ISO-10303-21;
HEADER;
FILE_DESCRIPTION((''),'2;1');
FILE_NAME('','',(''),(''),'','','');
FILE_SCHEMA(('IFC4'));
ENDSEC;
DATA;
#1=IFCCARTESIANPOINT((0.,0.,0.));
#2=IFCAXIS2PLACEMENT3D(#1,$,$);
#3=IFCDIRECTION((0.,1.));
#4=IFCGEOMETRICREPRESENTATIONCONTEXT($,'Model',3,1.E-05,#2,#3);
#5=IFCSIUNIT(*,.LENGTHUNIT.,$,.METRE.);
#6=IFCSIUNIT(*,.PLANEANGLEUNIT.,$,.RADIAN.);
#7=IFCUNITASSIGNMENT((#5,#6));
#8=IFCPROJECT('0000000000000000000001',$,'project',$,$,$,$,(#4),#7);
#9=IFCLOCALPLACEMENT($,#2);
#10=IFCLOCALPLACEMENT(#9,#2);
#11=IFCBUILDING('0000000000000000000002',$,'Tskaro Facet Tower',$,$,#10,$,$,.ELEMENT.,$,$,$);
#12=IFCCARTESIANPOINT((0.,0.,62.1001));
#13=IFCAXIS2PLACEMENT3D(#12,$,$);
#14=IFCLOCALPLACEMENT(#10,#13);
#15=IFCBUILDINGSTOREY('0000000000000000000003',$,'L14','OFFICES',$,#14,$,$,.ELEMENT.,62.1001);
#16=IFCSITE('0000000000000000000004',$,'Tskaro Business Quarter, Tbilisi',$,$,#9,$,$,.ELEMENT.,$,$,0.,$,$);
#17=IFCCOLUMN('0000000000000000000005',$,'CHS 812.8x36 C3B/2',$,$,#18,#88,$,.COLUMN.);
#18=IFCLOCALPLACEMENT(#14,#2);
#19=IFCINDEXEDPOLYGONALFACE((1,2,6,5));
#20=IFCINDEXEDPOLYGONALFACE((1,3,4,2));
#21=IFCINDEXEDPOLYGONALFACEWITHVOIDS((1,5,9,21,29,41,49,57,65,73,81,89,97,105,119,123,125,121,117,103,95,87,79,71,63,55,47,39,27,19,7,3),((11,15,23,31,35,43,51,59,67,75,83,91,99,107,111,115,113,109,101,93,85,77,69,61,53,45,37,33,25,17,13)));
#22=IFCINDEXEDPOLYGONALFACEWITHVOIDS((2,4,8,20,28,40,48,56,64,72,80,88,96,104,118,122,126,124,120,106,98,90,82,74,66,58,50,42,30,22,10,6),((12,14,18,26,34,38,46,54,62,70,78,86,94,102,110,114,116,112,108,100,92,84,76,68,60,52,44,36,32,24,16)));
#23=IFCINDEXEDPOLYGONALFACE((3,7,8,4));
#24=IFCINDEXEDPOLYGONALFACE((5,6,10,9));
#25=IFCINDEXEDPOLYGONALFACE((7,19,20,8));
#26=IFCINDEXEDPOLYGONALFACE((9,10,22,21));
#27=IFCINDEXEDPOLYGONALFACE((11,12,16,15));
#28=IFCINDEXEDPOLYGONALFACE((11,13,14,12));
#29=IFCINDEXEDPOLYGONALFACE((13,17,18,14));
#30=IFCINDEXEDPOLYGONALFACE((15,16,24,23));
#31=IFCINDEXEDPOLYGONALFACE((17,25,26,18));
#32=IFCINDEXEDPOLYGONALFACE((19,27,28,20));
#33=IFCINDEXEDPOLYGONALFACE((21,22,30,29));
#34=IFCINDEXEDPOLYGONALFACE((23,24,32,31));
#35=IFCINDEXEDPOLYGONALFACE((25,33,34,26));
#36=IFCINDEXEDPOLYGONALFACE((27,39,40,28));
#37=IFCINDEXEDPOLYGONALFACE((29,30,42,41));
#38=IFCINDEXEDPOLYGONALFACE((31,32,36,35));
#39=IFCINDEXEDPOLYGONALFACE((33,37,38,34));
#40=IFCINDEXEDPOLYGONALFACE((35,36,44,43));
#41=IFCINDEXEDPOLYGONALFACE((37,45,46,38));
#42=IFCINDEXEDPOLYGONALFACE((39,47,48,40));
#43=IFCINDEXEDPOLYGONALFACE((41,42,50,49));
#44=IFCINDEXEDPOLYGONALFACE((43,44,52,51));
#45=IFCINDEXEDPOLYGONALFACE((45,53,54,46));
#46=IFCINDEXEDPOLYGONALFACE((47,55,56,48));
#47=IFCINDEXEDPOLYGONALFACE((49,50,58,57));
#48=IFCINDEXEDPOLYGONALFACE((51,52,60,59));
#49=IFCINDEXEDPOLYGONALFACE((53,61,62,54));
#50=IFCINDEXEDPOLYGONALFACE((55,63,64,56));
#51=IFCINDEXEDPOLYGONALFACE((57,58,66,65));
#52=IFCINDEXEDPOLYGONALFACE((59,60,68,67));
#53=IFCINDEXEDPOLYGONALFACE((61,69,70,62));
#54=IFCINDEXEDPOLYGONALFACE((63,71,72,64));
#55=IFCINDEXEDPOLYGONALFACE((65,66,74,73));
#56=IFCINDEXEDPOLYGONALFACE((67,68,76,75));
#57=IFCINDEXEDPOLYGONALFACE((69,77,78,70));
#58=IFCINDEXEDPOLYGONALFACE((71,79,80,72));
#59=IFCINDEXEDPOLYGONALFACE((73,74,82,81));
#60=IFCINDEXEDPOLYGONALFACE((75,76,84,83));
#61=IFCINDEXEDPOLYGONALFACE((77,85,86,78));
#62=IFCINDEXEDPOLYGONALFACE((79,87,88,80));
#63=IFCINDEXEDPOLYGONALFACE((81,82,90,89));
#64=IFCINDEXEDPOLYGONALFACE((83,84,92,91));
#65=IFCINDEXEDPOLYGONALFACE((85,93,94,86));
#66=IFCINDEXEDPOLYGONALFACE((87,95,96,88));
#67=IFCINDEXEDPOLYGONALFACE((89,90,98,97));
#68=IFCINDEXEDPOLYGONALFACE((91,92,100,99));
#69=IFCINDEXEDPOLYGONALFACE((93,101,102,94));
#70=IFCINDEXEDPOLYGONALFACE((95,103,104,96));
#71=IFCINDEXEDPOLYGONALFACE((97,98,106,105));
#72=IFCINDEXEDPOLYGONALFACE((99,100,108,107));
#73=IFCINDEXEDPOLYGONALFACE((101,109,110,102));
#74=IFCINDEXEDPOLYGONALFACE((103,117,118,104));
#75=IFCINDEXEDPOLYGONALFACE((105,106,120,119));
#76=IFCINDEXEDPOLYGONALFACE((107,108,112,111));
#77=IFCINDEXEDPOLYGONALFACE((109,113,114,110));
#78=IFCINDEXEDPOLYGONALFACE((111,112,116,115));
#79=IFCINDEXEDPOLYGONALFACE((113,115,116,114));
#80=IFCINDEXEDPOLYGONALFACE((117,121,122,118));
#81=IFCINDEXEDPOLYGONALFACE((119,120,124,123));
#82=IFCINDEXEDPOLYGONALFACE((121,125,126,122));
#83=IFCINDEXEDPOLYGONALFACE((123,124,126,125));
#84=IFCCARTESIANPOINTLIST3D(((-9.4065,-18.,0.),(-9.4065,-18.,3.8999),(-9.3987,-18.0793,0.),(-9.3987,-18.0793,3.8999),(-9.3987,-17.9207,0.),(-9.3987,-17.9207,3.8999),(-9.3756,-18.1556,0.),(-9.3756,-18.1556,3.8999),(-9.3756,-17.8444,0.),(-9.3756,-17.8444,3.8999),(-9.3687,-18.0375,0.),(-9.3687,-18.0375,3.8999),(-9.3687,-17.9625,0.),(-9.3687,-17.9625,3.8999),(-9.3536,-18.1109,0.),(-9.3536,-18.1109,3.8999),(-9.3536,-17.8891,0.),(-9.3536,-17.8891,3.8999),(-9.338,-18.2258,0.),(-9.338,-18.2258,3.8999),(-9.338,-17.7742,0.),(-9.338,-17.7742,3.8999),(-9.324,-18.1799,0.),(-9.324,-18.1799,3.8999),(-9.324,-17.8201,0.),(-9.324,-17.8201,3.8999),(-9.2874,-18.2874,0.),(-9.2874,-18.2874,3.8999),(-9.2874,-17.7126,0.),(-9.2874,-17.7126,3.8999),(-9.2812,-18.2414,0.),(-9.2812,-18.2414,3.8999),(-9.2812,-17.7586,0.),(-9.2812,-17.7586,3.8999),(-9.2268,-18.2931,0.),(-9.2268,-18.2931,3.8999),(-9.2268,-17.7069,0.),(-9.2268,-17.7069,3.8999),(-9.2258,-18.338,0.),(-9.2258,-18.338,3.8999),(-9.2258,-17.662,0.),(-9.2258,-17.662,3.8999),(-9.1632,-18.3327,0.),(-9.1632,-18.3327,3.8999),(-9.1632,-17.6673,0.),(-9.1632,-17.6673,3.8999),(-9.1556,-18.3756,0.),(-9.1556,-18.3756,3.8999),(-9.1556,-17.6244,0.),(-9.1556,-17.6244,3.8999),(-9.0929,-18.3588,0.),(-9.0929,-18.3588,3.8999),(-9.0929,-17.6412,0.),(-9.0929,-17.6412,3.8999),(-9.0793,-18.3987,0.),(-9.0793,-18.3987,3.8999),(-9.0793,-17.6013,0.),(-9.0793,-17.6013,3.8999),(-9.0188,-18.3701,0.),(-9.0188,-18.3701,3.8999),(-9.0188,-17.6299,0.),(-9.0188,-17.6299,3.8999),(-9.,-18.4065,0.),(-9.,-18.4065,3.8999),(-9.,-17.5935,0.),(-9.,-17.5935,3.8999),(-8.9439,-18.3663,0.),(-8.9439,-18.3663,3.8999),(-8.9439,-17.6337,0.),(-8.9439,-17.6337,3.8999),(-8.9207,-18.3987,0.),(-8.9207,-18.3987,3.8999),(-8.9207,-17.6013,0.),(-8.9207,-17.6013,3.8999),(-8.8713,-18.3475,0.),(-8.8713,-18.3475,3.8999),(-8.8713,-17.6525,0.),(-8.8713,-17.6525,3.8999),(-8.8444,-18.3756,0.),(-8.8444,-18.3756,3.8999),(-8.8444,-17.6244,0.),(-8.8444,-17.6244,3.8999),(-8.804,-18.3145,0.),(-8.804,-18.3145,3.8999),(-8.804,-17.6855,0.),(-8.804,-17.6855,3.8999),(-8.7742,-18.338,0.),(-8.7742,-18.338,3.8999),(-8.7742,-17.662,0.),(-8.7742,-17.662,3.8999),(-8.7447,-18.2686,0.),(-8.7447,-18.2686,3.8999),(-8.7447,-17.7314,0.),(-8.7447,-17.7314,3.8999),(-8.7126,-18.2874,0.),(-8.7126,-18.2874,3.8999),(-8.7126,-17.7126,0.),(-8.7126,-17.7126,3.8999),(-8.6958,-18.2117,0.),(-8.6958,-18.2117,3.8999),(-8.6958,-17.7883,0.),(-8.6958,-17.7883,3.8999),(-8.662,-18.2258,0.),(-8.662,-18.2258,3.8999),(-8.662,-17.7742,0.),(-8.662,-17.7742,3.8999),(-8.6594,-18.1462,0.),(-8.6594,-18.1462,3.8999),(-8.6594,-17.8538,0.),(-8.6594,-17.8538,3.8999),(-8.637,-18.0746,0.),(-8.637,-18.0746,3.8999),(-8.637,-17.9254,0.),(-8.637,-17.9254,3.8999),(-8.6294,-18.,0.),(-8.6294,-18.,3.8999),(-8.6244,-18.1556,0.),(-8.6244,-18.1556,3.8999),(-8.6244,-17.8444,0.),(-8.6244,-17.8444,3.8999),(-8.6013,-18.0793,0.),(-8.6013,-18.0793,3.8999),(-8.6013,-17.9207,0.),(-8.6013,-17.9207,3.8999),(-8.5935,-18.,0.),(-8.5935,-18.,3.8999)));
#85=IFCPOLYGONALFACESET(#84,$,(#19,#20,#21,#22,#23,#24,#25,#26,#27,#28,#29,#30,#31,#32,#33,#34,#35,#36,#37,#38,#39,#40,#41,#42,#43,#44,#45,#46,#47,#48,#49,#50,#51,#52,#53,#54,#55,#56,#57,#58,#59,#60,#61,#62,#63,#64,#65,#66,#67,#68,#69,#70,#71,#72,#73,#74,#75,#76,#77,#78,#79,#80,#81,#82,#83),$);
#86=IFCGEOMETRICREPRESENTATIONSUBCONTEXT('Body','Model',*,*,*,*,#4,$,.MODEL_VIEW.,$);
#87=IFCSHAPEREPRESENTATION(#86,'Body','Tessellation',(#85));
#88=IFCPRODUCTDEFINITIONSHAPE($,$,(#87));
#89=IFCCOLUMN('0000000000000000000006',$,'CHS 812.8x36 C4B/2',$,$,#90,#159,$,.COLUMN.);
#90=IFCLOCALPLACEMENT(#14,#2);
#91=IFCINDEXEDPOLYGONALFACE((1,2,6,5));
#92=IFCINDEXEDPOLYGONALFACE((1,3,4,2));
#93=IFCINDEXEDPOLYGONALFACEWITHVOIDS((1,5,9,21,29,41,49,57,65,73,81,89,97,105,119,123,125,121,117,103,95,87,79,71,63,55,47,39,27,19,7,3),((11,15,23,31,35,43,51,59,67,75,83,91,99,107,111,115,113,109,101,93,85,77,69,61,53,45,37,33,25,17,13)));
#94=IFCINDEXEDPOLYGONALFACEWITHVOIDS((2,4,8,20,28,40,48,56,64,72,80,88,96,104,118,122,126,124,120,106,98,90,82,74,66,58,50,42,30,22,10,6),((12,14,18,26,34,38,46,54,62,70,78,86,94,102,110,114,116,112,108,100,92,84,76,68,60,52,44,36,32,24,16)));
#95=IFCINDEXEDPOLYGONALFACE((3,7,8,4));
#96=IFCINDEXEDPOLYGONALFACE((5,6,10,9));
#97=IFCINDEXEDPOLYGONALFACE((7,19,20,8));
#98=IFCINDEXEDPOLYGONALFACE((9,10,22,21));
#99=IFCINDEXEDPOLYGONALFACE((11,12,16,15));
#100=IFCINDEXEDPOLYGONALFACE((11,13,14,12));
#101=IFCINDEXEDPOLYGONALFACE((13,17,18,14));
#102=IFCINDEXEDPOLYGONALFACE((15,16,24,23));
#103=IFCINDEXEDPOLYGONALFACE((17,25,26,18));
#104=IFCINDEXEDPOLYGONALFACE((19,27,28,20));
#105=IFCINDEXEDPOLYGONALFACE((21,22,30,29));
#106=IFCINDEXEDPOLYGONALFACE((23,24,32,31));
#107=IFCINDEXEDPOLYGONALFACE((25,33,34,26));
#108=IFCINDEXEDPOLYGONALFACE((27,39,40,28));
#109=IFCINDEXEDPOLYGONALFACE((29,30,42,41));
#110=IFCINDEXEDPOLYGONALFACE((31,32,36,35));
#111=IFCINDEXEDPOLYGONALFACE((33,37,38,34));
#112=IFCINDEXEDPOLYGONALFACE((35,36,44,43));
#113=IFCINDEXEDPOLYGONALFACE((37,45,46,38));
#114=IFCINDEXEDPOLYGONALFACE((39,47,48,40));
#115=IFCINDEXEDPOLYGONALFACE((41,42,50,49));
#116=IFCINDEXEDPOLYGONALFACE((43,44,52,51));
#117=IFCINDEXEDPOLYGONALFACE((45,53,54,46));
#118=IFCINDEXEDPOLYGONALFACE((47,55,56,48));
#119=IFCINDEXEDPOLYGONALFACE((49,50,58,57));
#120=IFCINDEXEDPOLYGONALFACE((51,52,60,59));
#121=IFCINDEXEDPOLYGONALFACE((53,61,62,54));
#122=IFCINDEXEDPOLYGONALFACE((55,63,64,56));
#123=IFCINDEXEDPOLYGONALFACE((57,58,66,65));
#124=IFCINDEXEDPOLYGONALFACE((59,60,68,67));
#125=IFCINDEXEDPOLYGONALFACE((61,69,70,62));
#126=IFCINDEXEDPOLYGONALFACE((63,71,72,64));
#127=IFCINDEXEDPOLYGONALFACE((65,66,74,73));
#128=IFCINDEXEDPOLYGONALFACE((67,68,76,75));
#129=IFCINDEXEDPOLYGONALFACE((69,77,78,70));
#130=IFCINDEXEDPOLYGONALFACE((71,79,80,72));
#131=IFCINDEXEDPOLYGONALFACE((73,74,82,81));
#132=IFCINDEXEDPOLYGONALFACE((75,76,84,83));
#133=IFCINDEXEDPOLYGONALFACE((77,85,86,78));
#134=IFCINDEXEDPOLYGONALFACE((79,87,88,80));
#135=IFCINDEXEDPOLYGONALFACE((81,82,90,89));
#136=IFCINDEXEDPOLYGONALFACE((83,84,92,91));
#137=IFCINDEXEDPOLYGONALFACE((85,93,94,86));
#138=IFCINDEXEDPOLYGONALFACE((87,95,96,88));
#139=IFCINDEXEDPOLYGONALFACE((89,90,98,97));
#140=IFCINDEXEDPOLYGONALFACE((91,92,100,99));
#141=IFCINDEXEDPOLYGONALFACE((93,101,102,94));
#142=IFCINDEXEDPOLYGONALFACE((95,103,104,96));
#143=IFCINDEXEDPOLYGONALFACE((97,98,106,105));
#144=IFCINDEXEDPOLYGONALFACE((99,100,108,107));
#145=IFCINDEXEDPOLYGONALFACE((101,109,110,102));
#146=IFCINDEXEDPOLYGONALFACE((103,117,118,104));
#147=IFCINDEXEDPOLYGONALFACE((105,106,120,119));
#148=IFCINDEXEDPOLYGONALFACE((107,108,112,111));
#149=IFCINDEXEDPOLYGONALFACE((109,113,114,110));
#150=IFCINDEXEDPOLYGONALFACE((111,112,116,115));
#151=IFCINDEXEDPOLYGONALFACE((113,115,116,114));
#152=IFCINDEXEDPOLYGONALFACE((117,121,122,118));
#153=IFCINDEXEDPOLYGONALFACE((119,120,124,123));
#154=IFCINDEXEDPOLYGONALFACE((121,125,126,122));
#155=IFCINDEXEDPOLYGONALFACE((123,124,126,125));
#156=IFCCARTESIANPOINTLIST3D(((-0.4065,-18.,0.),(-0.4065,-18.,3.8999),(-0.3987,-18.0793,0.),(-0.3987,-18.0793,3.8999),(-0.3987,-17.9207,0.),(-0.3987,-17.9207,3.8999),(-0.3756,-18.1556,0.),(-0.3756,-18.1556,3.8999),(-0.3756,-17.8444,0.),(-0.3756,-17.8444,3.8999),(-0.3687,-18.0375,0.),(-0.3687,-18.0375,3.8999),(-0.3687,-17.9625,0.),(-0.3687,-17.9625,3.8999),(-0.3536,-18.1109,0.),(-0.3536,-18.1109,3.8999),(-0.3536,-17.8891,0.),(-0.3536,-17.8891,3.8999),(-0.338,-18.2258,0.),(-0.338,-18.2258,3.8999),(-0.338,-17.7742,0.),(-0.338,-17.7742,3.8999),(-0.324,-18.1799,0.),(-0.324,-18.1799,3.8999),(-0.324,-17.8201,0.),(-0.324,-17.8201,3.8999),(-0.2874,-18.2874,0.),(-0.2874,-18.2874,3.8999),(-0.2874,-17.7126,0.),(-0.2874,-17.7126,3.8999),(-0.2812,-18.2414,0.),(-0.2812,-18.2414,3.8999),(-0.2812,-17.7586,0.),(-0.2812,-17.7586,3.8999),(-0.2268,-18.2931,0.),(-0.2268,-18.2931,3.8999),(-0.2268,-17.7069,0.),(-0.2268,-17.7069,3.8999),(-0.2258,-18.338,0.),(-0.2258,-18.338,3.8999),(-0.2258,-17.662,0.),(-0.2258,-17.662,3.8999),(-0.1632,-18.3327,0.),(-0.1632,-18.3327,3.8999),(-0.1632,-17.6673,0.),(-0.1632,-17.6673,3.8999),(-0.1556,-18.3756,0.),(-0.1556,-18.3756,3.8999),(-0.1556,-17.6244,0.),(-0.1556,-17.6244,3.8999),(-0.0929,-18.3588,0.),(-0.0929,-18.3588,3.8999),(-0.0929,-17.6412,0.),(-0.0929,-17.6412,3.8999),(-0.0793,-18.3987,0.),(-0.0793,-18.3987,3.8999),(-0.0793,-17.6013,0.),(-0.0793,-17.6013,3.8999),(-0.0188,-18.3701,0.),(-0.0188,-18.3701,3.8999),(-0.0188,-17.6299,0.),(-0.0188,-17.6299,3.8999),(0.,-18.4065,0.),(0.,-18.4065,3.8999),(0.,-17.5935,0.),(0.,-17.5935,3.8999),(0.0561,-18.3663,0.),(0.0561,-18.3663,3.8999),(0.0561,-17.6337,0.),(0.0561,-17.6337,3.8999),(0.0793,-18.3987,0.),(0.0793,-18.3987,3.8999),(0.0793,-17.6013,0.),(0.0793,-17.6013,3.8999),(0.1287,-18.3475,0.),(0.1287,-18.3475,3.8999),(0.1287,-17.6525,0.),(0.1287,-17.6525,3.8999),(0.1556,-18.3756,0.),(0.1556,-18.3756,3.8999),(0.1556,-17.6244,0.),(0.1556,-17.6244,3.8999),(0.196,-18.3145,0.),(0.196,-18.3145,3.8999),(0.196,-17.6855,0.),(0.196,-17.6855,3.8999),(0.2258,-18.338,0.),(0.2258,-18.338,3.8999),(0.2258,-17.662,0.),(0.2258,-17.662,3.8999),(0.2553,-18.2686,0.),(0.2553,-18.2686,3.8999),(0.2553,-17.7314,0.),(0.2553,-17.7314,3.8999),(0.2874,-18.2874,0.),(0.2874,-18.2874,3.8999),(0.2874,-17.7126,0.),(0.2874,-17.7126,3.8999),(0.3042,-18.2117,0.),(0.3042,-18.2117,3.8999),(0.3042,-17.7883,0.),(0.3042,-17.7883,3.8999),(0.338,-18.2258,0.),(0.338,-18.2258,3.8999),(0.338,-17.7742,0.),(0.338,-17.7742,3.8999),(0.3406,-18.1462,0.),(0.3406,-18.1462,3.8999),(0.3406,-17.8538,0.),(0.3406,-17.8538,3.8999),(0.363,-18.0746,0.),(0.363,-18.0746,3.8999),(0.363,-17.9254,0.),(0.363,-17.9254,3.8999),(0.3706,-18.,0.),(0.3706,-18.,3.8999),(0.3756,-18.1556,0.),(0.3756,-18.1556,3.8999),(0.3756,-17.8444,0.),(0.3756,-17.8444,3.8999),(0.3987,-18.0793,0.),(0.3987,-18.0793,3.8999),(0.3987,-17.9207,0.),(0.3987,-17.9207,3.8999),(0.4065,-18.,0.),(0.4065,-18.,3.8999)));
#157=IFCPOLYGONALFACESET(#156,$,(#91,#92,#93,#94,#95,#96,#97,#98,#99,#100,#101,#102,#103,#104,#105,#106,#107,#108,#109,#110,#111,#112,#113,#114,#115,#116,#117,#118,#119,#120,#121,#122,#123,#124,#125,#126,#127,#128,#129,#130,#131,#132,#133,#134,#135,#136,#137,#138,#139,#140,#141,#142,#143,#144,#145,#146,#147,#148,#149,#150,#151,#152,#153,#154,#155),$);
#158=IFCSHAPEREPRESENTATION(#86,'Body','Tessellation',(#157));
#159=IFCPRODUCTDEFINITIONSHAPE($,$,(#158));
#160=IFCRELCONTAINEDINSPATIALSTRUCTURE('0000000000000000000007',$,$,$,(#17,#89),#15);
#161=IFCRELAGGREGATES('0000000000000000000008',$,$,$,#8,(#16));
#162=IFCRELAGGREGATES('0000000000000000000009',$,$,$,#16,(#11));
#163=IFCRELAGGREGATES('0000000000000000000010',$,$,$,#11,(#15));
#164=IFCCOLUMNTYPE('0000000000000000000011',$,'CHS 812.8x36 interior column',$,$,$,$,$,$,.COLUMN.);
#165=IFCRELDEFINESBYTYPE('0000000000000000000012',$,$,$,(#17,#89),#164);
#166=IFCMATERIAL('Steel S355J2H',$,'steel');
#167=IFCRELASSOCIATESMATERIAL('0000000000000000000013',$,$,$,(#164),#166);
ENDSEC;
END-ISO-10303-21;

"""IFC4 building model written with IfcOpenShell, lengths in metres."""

from ifc_helpers import new_model, si_unit, direction, frame, origin, origin_2d, place, context, subcontext, project, spatial, hollow_circle, extrude, material, material_profile, profile_set, type_object, element, save


model = new_model("IFC4")

# Units and contexts
model_context = context("Model", 3, precision=1e-05, world=origin(), true_north=direction((0.0, 1.0)))
body_context = subcontext(model_context, "Body", "Model", "MODEL_VIEW")
ifc_project = project(units=[si_unit("LENGTHUNIT", "METRE"), si_unit("PLANEANGLEUNIT", "RADIAN")], contexts=[model_context])

# Site, building, storey
site_placement = place(None, origin())
site = spatial("IfcSite", under=ifc_project, at=site_placement, Name="Tskaro Business Quarter, Tbilisi", CompositionType="ELEMENT", RefElevation=0.0)
building_placement = place(site_placement, origin())
building = spatial("IfcBuilding", under=site, at=building_placement, Name="Tskaro Facet Tower", CompositionType="ELEMENT")
storey_placement = place(building_placement, frame((0.0, 0.0, 62.1001)))
storey = spatial("IfcBuildingStorey", under=building, at=storey_placement, Name="L14", Description="OFFICES", CompositionType="ELEMENT", Elevation=62.1001)

# Columns
ifc_material_1 = material(Name="Steel S355J2H", Category="steel")
ifc_material_profile_1 = material_profile(ifc_material_1, hollow_circle(Radius=0.4065, WallThickness=0.0359, at=origin_2d()), Name="CHS 812.8x36")
ifc_profile_set_1 = profile_set([ifc_material_profile_1], Name="Steel S355J2H")
column_type_1 = type_object("IfcColumnType", Name="CHS 812.8x36 interior column", PredefinedType="COLUMN", material=ifc_profile_set_1)
for number, where, z_axis, x_axis, name in (
    (1, (-9.0, -18.0, 0.0), (0.0, 0.0, 1.0), (1.0, 0.0, 0.0), "CHS 812.8x36 C3B/2"),
    (2, (0.0, -18.0, 0.0), (0.0, 0.0, 1.0), (1.0, 0.0, 0.0), "CHS 812.8x36 C4B/2"),
):
    element("IfcColumn", number, at=place(storey_placement, frame(where, z_axis=z_axis, x_axis=x_axis)), inside=storey, type_object=column_type_1, Name=name, PredefinedType="COLUMN", context=body_context, shape_type="SweptSolid", body=[
        extrude(hollow_circle(Radius=0.4065, WallThickness=0.0359, at=origin_2d()), origin(), (0.0, 0.0, 1.0), 3.8999),
    ])

save(model, "model.ifc")
